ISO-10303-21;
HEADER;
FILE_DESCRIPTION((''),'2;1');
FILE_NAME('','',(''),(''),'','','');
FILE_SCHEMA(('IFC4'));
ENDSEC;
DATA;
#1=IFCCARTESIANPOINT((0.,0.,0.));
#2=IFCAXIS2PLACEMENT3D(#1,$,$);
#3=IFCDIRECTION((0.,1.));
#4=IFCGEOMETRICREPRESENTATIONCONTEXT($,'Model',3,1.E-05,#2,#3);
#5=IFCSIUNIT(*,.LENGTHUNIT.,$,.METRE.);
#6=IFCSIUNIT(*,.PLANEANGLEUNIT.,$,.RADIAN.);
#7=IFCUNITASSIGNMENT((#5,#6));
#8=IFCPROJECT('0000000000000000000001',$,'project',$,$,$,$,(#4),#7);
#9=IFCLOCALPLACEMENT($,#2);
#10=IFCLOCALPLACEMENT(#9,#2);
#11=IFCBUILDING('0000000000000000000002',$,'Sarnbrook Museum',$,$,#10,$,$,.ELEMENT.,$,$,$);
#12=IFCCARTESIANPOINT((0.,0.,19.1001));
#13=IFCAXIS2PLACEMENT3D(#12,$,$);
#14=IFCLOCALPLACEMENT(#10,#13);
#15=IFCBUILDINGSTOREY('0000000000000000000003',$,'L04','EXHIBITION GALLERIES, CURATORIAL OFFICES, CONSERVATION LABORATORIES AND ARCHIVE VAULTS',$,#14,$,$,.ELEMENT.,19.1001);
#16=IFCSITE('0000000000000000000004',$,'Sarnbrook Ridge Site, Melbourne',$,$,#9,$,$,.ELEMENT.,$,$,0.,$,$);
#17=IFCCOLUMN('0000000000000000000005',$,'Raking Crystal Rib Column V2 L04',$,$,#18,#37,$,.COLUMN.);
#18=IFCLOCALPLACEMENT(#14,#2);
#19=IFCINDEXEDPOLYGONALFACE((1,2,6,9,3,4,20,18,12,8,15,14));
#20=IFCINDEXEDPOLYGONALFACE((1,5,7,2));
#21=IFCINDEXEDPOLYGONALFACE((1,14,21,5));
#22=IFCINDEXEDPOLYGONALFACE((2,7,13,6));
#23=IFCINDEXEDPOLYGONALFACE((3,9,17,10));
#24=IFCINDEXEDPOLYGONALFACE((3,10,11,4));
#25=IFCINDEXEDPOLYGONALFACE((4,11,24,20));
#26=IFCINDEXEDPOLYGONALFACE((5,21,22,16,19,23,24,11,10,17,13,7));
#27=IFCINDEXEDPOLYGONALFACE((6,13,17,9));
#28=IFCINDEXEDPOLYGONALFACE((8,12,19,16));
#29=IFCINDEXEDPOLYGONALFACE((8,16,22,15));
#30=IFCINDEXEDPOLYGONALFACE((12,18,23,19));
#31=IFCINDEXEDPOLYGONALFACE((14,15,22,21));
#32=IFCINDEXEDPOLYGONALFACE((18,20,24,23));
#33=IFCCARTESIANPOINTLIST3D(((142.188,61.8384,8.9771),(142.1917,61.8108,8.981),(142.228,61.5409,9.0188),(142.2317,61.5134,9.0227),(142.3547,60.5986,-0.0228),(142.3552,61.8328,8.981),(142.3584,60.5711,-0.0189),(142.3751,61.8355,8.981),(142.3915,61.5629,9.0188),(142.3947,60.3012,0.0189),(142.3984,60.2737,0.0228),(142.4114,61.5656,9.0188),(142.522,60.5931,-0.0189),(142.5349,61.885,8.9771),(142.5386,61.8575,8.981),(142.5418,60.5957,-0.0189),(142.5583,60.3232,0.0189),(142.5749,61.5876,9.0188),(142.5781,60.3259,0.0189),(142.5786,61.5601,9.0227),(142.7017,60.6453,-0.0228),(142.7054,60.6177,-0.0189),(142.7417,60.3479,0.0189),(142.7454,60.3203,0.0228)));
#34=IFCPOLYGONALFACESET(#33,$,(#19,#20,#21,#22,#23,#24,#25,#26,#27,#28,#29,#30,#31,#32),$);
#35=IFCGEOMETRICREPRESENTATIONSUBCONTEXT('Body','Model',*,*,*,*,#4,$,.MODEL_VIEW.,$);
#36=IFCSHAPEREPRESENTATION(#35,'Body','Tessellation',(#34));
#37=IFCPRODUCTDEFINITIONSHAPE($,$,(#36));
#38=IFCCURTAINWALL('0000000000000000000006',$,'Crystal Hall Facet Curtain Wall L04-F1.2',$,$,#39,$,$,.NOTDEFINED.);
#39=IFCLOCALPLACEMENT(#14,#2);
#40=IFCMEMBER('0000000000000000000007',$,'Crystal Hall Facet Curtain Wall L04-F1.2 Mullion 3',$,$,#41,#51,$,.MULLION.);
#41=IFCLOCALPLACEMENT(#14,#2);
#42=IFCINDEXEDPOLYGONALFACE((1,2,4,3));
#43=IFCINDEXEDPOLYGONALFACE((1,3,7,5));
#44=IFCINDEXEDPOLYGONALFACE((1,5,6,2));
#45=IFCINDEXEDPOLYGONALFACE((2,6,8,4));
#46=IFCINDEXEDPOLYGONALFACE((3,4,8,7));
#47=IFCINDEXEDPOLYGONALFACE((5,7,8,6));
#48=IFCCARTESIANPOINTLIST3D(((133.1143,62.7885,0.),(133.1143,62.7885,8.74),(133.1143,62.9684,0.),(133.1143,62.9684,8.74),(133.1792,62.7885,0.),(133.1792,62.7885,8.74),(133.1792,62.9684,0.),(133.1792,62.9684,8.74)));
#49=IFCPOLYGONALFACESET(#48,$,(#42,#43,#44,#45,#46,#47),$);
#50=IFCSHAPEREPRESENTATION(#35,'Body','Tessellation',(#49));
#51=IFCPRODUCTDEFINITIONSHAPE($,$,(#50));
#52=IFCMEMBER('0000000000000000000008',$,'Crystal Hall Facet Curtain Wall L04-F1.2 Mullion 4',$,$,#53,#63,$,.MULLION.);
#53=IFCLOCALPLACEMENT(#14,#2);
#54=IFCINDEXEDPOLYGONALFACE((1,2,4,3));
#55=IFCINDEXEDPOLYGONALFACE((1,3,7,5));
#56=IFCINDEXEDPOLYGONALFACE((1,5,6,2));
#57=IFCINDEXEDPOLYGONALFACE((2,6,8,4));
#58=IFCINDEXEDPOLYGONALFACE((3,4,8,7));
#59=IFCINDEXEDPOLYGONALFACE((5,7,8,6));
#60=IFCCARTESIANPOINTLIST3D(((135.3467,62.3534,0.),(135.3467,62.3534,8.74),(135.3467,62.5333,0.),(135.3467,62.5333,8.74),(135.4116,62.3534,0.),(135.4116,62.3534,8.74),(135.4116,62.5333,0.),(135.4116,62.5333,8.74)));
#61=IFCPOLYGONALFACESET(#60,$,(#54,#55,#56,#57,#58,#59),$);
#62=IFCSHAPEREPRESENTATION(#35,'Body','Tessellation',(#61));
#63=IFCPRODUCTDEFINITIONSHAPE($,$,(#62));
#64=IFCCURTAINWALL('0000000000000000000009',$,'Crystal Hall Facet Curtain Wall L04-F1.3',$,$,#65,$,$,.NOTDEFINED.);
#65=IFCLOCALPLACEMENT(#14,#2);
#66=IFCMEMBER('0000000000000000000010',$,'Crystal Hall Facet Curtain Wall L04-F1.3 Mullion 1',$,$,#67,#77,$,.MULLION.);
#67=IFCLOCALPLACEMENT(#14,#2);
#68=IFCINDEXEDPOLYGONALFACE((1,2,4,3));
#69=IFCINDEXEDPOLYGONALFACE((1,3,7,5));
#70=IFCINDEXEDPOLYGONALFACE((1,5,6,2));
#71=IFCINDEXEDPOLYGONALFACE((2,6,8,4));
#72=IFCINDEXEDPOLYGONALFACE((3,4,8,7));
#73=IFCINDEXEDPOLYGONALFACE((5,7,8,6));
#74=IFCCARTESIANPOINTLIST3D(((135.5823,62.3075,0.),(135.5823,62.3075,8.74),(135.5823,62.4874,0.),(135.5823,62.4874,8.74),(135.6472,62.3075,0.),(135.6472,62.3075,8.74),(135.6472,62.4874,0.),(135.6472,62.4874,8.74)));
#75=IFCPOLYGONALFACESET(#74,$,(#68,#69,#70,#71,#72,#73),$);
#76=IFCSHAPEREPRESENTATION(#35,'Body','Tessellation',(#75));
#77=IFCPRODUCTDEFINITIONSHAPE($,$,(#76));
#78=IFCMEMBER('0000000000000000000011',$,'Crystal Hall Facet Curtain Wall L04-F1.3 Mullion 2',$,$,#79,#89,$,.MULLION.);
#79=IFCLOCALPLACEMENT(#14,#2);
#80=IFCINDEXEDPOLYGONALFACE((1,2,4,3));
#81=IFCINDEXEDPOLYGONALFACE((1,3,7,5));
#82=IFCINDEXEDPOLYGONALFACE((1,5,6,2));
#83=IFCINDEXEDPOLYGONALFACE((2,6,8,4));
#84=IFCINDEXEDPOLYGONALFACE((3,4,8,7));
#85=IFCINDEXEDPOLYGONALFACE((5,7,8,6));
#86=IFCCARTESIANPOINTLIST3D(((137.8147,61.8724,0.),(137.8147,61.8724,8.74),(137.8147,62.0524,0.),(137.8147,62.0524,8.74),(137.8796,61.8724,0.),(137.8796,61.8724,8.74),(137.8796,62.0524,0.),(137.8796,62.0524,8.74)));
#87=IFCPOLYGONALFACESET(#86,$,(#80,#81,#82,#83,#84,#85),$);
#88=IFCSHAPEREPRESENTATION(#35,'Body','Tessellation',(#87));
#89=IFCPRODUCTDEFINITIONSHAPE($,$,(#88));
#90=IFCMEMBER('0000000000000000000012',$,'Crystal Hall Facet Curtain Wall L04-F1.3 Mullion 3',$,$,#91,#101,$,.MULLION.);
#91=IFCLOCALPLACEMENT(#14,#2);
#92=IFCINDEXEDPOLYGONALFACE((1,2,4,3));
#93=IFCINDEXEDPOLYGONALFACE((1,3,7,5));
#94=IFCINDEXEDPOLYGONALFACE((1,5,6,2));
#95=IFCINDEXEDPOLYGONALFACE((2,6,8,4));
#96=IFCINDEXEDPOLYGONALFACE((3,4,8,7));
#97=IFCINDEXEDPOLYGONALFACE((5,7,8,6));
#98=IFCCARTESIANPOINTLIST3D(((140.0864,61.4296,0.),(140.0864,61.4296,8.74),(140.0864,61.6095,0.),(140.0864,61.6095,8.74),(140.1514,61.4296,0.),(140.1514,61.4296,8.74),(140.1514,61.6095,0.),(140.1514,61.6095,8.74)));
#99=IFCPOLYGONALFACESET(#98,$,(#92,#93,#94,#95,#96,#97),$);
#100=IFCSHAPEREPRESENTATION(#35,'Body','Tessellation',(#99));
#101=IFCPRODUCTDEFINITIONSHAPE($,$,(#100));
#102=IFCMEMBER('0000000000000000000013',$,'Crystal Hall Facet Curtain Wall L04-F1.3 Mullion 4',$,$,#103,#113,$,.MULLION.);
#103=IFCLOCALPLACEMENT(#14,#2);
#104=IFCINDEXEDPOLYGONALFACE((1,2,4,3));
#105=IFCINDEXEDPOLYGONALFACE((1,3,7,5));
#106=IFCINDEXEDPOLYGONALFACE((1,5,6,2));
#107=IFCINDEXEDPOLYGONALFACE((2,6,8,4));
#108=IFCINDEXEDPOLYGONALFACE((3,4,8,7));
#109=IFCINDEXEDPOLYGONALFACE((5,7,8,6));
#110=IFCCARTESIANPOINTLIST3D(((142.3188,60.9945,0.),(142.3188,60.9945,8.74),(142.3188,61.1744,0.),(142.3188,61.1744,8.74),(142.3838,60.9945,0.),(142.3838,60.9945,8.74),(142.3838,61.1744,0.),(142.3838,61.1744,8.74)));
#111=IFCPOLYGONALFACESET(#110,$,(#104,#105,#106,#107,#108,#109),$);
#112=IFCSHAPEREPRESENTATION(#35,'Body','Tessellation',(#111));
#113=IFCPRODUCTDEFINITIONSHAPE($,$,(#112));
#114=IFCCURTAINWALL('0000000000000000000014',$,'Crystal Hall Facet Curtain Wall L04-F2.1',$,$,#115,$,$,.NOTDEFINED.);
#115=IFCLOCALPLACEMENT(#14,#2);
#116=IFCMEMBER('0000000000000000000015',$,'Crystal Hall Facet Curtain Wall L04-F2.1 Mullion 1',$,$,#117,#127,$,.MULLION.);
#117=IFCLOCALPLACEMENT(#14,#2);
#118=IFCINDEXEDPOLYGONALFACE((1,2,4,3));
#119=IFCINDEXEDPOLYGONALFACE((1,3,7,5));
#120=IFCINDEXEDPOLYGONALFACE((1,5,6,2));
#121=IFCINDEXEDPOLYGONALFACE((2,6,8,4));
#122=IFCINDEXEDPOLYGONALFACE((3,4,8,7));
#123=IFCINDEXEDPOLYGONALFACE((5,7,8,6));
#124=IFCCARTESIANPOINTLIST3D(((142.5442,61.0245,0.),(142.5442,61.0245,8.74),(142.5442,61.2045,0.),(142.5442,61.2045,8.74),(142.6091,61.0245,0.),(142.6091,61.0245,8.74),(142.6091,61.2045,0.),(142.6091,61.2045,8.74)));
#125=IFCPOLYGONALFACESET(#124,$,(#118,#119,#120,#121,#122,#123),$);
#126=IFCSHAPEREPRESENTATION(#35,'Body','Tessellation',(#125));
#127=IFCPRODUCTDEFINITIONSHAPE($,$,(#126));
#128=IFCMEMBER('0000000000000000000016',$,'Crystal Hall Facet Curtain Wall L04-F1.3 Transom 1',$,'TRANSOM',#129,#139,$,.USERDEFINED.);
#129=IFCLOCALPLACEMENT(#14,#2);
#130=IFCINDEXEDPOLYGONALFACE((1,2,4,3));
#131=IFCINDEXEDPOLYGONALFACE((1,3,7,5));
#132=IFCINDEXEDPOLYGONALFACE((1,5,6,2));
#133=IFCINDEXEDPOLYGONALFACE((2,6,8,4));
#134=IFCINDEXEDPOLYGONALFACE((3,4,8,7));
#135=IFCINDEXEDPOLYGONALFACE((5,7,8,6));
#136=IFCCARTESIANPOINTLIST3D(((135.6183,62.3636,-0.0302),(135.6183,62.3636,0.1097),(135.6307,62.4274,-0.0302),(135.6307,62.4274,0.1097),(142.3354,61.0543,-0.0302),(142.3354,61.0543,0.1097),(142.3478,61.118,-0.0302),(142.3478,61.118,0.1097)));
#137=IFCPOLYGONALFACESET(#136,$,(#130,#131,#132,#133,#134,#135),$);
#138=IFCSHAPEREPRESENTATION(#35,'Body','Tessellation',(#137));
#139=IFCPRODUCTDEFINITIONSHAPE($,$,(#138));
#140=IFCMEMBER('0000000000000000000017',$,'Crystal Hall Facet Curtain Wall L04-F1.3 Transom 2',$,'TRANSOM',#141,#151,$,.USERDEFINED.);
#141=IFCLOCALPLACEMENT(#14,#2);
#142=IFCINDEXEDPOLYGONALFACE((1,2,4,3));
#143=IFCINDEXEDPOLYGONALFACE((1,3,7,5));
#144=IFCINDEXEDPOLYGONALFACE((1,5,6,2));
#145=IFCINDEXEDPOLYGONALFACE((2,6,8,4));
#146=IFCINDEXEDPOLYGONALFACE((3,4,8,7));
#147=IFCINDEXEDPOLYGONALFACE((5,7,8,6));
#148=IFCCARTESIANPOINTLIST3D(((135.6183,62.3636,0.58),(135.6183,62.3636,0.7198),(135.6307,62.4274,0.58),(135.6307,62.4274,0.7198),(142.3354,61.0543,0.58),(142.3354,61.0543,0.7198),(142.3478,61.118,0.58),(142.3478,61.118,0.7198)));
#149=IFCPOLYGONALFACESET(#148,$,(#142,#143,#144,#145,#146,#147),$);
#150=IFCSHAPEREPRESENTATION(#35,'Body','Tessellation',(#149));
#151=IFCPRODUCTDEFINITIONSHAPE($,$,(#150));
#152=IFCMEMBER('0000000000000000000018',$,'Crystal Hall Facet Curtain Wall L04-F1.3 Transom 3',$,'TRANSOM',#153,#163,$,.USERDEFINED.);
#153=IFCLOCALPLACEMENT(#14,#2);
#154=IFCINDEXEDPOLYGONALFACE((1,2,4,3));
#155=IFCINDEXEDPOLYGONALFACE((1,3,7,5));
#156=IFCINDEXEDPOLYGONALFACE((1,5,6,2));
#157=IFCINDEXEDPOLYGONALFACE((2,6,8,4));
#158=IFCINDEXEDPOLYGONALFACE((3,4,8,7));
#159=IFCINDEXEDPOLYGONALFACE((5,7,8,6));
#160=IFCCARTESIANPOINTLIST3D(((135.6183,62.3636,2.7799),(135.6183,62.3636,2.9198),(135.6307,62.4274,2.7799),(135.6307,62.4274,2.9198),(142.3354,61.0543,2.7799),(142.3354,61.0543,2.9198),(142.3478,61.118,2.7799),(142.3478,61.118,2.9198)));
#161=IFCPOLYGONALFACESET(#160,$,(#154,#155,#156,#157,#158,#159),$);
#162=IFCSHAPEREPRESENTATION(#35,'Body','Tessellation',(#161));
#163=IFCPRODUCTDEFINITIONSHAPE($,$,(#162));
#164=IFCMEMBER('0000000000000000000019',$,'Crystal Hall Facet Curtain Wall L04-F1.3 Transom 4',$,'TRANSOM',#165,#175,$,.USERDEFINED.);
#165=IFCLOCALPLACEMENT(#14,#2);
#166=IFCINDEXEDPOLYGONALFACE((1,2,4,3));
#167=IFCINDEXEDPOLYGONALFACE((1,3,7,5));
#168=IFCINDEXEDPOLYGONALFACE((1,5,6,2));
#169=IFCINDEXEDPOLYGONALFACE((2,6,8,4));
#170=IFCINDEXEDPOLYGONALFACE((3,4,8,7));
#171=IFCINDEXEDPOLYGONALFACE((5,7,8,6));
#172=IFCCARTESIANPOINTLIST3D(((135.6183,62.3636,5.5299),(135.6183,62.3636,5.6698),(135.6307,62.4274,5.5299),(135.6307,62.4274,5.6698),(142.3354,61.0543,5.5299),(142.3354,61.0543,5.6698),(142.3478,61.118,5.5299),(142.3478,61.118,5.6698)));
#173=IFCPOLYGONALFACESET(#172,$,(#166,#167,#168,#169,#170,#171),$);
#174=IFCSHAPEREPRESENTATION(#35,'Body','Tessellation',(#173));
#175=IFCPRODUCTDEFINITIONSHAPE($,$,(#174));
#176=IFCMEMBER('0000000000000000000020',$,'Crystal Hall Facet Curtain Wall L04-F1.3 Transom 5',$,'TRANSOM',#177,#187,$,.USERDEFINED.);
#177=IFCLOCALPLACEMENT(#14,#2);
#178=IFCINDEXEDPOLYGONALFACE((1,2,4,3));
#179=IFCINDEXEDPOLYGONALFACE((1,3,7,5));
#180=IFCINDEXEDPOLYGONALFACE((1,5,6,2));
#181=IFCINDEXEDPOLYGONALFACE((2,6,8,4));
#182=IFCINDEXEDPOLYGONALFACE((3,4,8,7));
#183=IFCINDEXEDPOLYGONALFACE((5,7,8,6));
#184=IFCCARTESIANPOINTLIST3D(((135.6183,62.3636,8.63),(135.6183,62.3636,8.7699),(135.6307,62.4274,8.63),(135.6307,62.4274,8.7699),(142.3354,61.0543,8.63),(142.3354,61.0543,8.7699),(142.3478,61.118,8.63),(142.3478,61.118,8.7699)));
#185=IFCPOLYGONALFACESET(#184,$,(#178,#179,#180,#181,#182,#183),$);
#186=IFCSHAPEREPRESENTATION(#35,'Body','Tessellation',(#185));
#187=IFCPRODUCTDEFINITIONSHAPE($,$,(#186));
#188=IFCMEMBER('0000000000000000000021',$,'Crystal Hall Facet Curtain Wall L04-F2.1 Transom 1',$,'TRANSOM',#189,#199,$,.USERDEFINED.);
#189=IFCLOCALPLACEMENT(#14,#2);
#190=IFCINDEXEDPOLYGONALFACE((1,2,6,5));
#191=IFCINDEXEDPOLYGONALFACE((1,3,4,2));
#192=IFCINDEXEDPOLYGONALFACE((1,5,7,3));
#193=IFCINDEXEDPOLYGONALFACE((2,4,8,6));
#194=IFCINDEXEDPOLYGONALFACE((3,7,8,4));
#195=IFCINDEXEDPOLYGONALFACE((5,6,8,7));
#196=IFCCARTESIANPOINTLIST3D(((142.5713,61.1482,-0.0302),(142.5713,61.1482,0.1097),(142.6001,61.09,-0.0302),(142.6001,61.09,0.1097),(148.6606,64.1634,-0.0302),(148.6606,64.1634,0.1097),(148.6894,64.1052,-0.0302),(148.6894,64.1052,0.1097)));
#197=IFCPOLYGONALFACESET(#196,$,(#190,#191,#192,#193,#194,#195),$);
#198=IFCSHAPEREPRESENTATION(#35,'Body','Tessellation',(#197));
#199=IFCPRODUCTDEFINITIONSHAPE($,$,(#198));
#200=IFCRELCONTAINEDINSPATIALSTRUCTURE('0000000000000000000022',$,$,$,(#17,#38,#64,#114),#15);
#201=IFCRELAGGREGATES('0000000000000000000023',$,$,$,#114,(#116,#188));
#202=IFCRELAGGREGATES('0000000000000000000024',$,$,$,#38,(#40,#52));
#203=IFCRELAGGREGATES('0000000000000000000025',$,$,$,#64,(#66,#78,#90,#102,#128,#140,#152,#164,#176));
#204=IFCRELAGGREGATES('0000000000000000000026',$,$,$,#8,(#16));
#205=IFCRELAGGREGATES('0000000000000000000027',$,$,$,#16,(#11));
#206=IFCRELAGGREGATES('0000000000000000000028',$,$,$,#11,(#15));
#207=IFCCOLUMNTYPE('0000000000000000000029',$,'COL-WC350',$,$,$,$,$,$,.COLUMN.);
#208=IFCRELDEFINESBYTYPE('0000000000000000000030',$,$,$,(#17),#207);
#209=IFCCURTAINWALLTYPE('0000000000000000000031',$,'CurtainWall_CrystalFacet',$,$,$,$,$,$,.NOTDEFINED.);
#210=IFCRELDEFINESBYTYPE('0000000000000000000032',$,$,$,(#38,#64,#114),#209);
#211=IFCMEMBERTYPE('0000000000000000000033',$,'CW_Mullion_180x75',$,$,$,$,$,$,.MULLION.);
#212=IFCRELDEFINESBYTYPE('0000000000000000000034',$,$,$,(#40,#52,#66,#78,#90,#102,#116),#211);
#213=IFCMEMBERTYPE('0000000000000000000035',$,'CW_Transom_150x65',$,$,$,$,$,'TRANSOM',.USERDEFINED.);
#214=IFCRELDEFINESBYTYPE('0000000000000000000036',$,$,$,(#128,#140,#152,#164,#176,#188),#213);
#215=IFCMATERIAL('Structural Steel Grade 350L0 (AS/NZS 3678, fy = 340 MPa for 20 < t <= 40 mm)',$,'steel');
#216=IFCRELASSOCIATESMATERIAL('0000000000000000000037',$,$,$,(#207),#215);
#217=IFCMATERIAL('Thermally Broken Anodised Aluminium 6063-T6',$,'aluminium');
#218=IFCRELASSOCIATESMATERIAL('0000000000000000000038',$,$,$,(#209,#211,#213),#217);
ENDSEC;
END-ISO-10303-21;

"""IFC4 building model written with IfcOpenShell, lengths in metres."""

from ifc_helpers import new_model, si_unit, direction, frame, origin, origin_2d, place, context, subcontext, project, spatial, rectangle, i_section, extrude, material, material_profile, profile_set, type_object, element, aggregate, save


model = new_model("IFC4")

# Units and contexts
model_context = context("Model", 3, precision=1e-05, world=origin(), true_north=direction((0.0, 1.0)))
body_context = subcontext(model_context, "Body", "Model", "MODEL_VIEW")
ifc_project = project(units=[si_unit("LENGTHUNIT", "METRE"), si_unit("PLANEANGLEUNIT", "RADIAN")], contexts=[model_context])

# Site, building, storey
site_placement = place(None, origin())
site = spatial("IfcSite", under=ifc_project, at=site_placement, Name="Sarnbrook Ridge Site, Melbourne", CompositionType="ELEMENT", RefElevation=0.0)
building_placement = place(site_placement, origin())
building = spatial("IfcBuilding", under=site, at=building_placement, Name="Sarnbrook Museum", CompositionType="ELEMENT")
storey_placement = place(building_placement, frame((0.0, 0.0, 19.1001)))
storey = spatial("IfcBuildingStorey", under=building, at=storey_placement, Name="L04", Description="EXHIBITION GALLERIES, CURATORIAL OFFICES, CONSERVATION LABORATORIES AND ARCHIVE VAULTS", CompositionType="ELEMENT", Elevation=19.1001)

# Column
ifc_material_1 = material(Name="Structural Steel Grade 350L0 (AS/NZS 3678, fy = 340 MPa for 20 < t <= 40 mm)", Category="steel")
ifc_material_profile_1 = material_profile(ifc_material_1, i_section(OverallWidth=0.3501, OverallDepth=0.3311, WebThickness=0.02, FlangeThickness=0.0281, at=origin_2d()), Name="350WC197")
ifc_profile_set_1 = profile_set([ifc_material_profile_1], Name="Structural Steel Grade 350L0 (AS/NZS 3678, fy = 340 MPa for 20 < t <= 40 mm)")
column_type = type_object("IfcColumnType", Name="COL-WC350", PredefinedType="COLUMN", material=ifc_profile_set_1)
column_placement = place(storey_placement, frame((142.55, 60.4595, 0.0), z_axis=(-0.018351, 0.136438, 0.990479), x_axis=(-0.991076, -0.133301, 0.0)))
element("IfcColumn", 1, at=column_placement, inside=storey, type_object=column_type, Name="Raking Crystal Rib Column V2 L04", PredefinedType="COLUMN", context=body_context, shape_type="SweptSolid", body=[
    extrude(i_section(OverallWidth=0.3501, OverallDepth=0.3311, WebThickness=0.02, FlangeThickness=0.0281, at=origin_2d()), origin(), (0.0, 0.0, 1.0), 9.0864),
])

# Curtain walls, members
ifc_material_2 = material(Name="Thermally Broken Anodised Aluminium 6063-T6", Category="aluminium")
curtain_wall_type = type_object("IfcCurtainWallType", Name="CurtainWall_CrystalFacet", PredefinedType="NOTDEFINED", material=ifc_material_2)
curtain_wall_1_placement = place(storey_placement, origin())
curtain_wall_1 = element("IfcCurtainWall", 2, at=curtain_wall_1_placement, inside=storey, type_object=curtain_wall_type, Name="Crystal Hall Facet Curtain Wall L04-F1.2", PredefinedType="NOTDEFINED")
ifc_material_profile_2 = material_profile(ifc_material_2, rectangle(XDim=0.0649, YDim=0.1799, at=origin_2d()), Name="ALU MULLION 65x180")
ifc_profile_set_2 = profile_set([ifc_material_profile_2], Name="Thermally Broken Anodised Aluminium 6063-T6")
member_type_1 = type_object("IfcMemberType", Name="CW_Mullion_180x75", PredefinedType="MULLION", material=ifc_profile_set_2)
member_1_placement = place(storey_placement, frame((133.1467, 62.8784, 0.0), z_axis=(0.0, 0.0, 1.0), x_axis=(1.0, 0.0, 0.0)))
member_1 = element("IfcMember", 3, at=member_1_placement, type_object=member_type_1, Name="Crystal Hall Facet Curtain Wall L04-F1.2 Mullion 3", PredefinedType="MULLION", context=body_context, shape_type="SweptSolid", body=[
    extrude(rectangle(XDim=0.0649, YDim=0.1799, at=origin_2d()), origin(), (0.0, 0.0, 1.0), 8.74),
])
member_2_placement = place(storey_placement, frame((135.3792, 62.4434, 0.0), z_axis=(0.0, 0.0, 1.0), x_axis=(1.0, 0.0, 0.0)))
member_2 = element("IfcMember", 4, at=member_2_placement, type_object=member_type_1, Name="Crystal Hall Facet Curtain Wall L04-F1.2 Mullion 4", PredefinedType="MULLION", context=body_context, shape_type="SweptSolid", body=[
    extrude(rectangle(XDim=0.0649, YDim=0.1799, at=origin_2d()), origin(), (0.0, 0.0, 1.0), 8.74),
])
curtain_wall_2_placement = place(storey_placement, origin())
curtain_wall_2 = element("IfcCurtainWall", 5, at=curtain_wall_2_placement, inside=storey, type_object=curtain_wall_type, Name="Crystal Hall Facet Curtain Wall L04-F1.3", PredefinedType="NOTDEFINED")
member_3_placement = place(storey_placement, frame((135.6147, 62.3975, 0.0), z_axis=(0.0, 0.0, 1.0), x_axis=(1.0, 0.0, 0.0)))
member_3 = element("IfcMember", 6, at=member_3_placement, type_object=member_type_1, Name="Crystal Hall Facet Curtain Wall L04-F1.3 Mullion 1", PredefinedType="MULLION", context=body_context, shape_type="SweptSolid", body=[
    extrude(rectangle(XDim=0.0649, YDim=0.1799, at=origin_2d()), origin(), (0.0, 0.0, 1.0), 8.74),
])
member_4_placement = place(storey_placement, frame((137.8472, 61.9624, 0.0), z_axis=(0.0, 0.0, 1.0), x_axis=(1.0, 0.0, 0.0)))
member_4 = element("IfcMember", 7, at=member_4_placement, type_object=member_type_1, Name="Crystal Hall Facet Curtain Wall L04-F1.3 Mullion 2", PredefinedType="MULLION", context=body_context, shape_type="SweptSolid", body=[
    extrude(rectangle(XDim=0.0649, YDim=0.1799, at=origin_2d()), origin(), (0.0, 0.0, 1.0), 8.74),
])
member_5_placement = place(storey_placement, frame((140.1189, 61.5195, 0.0), z_axis=(0.0, 0.0, 1.0), x_axis=(1.0, 0.0, 0.0)))
member_5 = element("IfcMember", 8, at=member_5_placement, type_object=member_type_1, Name="Crystal Hall Facet Curtain Wall L04-F1.3 Mullion 3", PredefinedType="MULLION", context=body_context, shape_type="SweptSolid", body=[
    extrude(rectangle(XDim=0.0649, YDim=0.1799, at=origin_2d()), origin(), (0.0, 0.0, 1.0), 8.74),
])
member_6_placement = place(storey_placement, frame((142.3513, 61.0845, 0.0), z_axis=(0.0, 0.0, 1.0), x_axis=(1.0, 0.0, 0.0)))
member_6 = element("IfcMember", 9, at=member_6_placement, type_object=member_type_1, Name="Crystal Hall Facet Curtain Wall L04-F1.3 Mullion 4", PredefinedType="MULLION", context=body_context, shape_type="SweptSolid", body=[
    extrude(rectangle(XDim=0.0649, YDim=0.1799, at=origin_2d()), origin(), (0.0, 0.0, 1.0), 8.74),
])

# Curtain wall, member
curtain_wall_3_placement = place(storey_placement, origin())
curtain_wall_3 = element("IfcCurtainWall", 10, at=curtain_wall_3_placement, inside=storey, type_object=curtain_wall_type, Name="Crystal Hall Facet Curtain Wall L04-F2.1", PredefinedType="NOTDEFINED")
member_7_placement = place(storey_placement, frame((142.5767, 61.1145, 0.0), z_axis=(0.0, 0.0, 1.0), x_axis=(1.0, 0.0, 0.0)))
member_7 = element("IfcMember", 11, at=member_7_placement, type_object=member_type_1, Name="Crystal Hall Facet Curtain Wall L04-F2.1 Mullion 1", PredefinedType="MULLION", context=body_context, shape_type="SweptSolid", body=[
    extrude(rectangle(XDim=0.0649, YDim=0.1799, at=origin_2d()), origin(), (0.0, 0.0, 1.0), 8.74),
])

# Members
ifc_material_profile_3 = material_profile(ifc_material_2, rectangle(XDim=0.0649, YDim=0.1399, at=origin_2d()), Name="ALU TRANSOM 65x140")
ifc_profile_set_3 = profile_set([ifc_material_profile_3], Name="Thermally Broken Anodised Aluminium 6063-T6")
member_type_2 = type_object("IfcMemberType", Name="CW_Transom_150x65", ElementType="TRANSOM", PredefinedType="USERDEFINED", material=ifc_profile_set_3)
member_8_placement = place(storey_placement, frame((135.6245, 62.3955, 0.0398), z_axis=(0.981527, -0.191325, 0.0), x_axis=(0.191325, 0.981527, 0.0)))
member_8 = element("IfcMember", 12, at=member_8_placement, type_object=member_type_2, Name="Crystal Hall Facet Curtain Wall L04-F1.3 Transom 1", ObjectType="TRANSOM", PredefinedType="USERDEFINED", context=body_context, shape_type="SweptSolid", body=[
    extrude(rectangle(XDim=0.0649, YDim=0.1399, at=origin_2d()), origin(), (0.0, 0.0, 1.0), 6.8435),
])
member_9_placement = place(storey_placement, frame((135.6245, 62.3955, 0.6499), z_axis=(0.981527, -0.191325, 0.0), x_axis=(0.191325, 0.981527, 0.0)))
member_9 = element("IfcMember", 13, at=member_9_placement, type_object=member_type_2, Name="Crystal Hall Facet Curtain Wall L04-F1.3 Transom 2", ObjectType="TRANSOM", PredefinedType="USERDEFINED", context=body_context, shape_type="SweptSolid", body=[
    extrude(rectangle(XDim=0.0649, YDim=0.1399, at=origin_2d()), origin(), (0.0, 0.0, 1.0), 6.8435),
])
member_10_placement = place(storey_placement, frame((135.6245, 62.3955, 2.8499), z_axis=(0.981527, -0.191325, 0.0), x_axis=(0.191325, 0.981527, 0.0)))
member_10 = element("IfcMember", 14, at=member_10_placement, type_object=member_type_2, Name="Crystal Hall Facet Curtain Wall L04-F1.3 Transom 3", ObjectType="TRANSOM", PredefinedType="USERDEFINED", context=body_context, shape_type="SweptSolid", body=[
    extrude(rectangle(XDim=0.0649, YDim=0.1399, at=origin_2d()), origin(), (0.0, 0.0, 1.0), 6.8435),
])
member_11_placement = place(storey_placement, frame((135.6245, 62.3955, 5.5999), z_axis=(0.981527, -0.191325, 0.0), x_axis=(0.191325, 0.981527, 0.0)))
member_11 = element("IfcMember", 15, at=member_11_placement, type_object=member_type_2, Name="Crystal Hall Facet Curtain Wall L04-F1.3 Transom 4", ObjectType="TRANSOM", PredefinedType="USERDEFINED", context=body_context, shape_type="SweptSolid", body=[
    extrude(rectangle(XDim=0.0649, YDim=0.1399, at=origin_2d()), origin(), (0.0, 0.0, 1.0), 6.8435),
])
member_12_placement = place(storey_placement, frame((135.6245, 62.3955, 8.7), z_axis=(0.981527, -0.191325, 0.0), x_axis=(0.191325, 0.981527, 0.0)))
member_12 = element("IfcMember", 16, at=member_12_placement, type_object=member_type_2, Name="Crystal Hall Facet Curtain Wall L04-F1.3 Transom 5", ObjectType="TRANSOM", PredefinedType="USERDEFINED", context=body_context, shape_type="SweptSolid", body=[
    extrude(rectangle(XDim=0.0649, YDim=0.1399, at=origin_2d()), origin(), (0.0, 0.0, 1.0), 6.8435),
])
member_13_placement = place(storey_placement, frame((142.5857, 61.1191, 0.0398), z_axis=(0.896159, 0.443732, 0.0), x_axis=(-0.443732, 0.896159, 0.0)))
member_13 = element("IfcMember", 17, at=member_13_placement, type_object=member_type_2, Name="Crystal Hall Facet Curtain Wall L04-F2.1 Transom 1", ObjectType="TRANSOM", PredefinedType="USERDEFINED", context=body_context, shape_type="SweptSolid", body=[
    extrude(rectangle(XDim=0.0649, YDim=0.1399, at=origin_2d()), origin(), (0.0, 0.0, 1.0), 6.7949),
])
aggregate(curtain_wall_3, [member_7, member_13])

aggregate(curtain_wall_1, [member_1, member_2])
aggregate(curtain_wall_2, [member_3, member_4, member_5, member_6, member_8, member_9, member_10, member_11, member_12])

save(model, "model.ifc")
